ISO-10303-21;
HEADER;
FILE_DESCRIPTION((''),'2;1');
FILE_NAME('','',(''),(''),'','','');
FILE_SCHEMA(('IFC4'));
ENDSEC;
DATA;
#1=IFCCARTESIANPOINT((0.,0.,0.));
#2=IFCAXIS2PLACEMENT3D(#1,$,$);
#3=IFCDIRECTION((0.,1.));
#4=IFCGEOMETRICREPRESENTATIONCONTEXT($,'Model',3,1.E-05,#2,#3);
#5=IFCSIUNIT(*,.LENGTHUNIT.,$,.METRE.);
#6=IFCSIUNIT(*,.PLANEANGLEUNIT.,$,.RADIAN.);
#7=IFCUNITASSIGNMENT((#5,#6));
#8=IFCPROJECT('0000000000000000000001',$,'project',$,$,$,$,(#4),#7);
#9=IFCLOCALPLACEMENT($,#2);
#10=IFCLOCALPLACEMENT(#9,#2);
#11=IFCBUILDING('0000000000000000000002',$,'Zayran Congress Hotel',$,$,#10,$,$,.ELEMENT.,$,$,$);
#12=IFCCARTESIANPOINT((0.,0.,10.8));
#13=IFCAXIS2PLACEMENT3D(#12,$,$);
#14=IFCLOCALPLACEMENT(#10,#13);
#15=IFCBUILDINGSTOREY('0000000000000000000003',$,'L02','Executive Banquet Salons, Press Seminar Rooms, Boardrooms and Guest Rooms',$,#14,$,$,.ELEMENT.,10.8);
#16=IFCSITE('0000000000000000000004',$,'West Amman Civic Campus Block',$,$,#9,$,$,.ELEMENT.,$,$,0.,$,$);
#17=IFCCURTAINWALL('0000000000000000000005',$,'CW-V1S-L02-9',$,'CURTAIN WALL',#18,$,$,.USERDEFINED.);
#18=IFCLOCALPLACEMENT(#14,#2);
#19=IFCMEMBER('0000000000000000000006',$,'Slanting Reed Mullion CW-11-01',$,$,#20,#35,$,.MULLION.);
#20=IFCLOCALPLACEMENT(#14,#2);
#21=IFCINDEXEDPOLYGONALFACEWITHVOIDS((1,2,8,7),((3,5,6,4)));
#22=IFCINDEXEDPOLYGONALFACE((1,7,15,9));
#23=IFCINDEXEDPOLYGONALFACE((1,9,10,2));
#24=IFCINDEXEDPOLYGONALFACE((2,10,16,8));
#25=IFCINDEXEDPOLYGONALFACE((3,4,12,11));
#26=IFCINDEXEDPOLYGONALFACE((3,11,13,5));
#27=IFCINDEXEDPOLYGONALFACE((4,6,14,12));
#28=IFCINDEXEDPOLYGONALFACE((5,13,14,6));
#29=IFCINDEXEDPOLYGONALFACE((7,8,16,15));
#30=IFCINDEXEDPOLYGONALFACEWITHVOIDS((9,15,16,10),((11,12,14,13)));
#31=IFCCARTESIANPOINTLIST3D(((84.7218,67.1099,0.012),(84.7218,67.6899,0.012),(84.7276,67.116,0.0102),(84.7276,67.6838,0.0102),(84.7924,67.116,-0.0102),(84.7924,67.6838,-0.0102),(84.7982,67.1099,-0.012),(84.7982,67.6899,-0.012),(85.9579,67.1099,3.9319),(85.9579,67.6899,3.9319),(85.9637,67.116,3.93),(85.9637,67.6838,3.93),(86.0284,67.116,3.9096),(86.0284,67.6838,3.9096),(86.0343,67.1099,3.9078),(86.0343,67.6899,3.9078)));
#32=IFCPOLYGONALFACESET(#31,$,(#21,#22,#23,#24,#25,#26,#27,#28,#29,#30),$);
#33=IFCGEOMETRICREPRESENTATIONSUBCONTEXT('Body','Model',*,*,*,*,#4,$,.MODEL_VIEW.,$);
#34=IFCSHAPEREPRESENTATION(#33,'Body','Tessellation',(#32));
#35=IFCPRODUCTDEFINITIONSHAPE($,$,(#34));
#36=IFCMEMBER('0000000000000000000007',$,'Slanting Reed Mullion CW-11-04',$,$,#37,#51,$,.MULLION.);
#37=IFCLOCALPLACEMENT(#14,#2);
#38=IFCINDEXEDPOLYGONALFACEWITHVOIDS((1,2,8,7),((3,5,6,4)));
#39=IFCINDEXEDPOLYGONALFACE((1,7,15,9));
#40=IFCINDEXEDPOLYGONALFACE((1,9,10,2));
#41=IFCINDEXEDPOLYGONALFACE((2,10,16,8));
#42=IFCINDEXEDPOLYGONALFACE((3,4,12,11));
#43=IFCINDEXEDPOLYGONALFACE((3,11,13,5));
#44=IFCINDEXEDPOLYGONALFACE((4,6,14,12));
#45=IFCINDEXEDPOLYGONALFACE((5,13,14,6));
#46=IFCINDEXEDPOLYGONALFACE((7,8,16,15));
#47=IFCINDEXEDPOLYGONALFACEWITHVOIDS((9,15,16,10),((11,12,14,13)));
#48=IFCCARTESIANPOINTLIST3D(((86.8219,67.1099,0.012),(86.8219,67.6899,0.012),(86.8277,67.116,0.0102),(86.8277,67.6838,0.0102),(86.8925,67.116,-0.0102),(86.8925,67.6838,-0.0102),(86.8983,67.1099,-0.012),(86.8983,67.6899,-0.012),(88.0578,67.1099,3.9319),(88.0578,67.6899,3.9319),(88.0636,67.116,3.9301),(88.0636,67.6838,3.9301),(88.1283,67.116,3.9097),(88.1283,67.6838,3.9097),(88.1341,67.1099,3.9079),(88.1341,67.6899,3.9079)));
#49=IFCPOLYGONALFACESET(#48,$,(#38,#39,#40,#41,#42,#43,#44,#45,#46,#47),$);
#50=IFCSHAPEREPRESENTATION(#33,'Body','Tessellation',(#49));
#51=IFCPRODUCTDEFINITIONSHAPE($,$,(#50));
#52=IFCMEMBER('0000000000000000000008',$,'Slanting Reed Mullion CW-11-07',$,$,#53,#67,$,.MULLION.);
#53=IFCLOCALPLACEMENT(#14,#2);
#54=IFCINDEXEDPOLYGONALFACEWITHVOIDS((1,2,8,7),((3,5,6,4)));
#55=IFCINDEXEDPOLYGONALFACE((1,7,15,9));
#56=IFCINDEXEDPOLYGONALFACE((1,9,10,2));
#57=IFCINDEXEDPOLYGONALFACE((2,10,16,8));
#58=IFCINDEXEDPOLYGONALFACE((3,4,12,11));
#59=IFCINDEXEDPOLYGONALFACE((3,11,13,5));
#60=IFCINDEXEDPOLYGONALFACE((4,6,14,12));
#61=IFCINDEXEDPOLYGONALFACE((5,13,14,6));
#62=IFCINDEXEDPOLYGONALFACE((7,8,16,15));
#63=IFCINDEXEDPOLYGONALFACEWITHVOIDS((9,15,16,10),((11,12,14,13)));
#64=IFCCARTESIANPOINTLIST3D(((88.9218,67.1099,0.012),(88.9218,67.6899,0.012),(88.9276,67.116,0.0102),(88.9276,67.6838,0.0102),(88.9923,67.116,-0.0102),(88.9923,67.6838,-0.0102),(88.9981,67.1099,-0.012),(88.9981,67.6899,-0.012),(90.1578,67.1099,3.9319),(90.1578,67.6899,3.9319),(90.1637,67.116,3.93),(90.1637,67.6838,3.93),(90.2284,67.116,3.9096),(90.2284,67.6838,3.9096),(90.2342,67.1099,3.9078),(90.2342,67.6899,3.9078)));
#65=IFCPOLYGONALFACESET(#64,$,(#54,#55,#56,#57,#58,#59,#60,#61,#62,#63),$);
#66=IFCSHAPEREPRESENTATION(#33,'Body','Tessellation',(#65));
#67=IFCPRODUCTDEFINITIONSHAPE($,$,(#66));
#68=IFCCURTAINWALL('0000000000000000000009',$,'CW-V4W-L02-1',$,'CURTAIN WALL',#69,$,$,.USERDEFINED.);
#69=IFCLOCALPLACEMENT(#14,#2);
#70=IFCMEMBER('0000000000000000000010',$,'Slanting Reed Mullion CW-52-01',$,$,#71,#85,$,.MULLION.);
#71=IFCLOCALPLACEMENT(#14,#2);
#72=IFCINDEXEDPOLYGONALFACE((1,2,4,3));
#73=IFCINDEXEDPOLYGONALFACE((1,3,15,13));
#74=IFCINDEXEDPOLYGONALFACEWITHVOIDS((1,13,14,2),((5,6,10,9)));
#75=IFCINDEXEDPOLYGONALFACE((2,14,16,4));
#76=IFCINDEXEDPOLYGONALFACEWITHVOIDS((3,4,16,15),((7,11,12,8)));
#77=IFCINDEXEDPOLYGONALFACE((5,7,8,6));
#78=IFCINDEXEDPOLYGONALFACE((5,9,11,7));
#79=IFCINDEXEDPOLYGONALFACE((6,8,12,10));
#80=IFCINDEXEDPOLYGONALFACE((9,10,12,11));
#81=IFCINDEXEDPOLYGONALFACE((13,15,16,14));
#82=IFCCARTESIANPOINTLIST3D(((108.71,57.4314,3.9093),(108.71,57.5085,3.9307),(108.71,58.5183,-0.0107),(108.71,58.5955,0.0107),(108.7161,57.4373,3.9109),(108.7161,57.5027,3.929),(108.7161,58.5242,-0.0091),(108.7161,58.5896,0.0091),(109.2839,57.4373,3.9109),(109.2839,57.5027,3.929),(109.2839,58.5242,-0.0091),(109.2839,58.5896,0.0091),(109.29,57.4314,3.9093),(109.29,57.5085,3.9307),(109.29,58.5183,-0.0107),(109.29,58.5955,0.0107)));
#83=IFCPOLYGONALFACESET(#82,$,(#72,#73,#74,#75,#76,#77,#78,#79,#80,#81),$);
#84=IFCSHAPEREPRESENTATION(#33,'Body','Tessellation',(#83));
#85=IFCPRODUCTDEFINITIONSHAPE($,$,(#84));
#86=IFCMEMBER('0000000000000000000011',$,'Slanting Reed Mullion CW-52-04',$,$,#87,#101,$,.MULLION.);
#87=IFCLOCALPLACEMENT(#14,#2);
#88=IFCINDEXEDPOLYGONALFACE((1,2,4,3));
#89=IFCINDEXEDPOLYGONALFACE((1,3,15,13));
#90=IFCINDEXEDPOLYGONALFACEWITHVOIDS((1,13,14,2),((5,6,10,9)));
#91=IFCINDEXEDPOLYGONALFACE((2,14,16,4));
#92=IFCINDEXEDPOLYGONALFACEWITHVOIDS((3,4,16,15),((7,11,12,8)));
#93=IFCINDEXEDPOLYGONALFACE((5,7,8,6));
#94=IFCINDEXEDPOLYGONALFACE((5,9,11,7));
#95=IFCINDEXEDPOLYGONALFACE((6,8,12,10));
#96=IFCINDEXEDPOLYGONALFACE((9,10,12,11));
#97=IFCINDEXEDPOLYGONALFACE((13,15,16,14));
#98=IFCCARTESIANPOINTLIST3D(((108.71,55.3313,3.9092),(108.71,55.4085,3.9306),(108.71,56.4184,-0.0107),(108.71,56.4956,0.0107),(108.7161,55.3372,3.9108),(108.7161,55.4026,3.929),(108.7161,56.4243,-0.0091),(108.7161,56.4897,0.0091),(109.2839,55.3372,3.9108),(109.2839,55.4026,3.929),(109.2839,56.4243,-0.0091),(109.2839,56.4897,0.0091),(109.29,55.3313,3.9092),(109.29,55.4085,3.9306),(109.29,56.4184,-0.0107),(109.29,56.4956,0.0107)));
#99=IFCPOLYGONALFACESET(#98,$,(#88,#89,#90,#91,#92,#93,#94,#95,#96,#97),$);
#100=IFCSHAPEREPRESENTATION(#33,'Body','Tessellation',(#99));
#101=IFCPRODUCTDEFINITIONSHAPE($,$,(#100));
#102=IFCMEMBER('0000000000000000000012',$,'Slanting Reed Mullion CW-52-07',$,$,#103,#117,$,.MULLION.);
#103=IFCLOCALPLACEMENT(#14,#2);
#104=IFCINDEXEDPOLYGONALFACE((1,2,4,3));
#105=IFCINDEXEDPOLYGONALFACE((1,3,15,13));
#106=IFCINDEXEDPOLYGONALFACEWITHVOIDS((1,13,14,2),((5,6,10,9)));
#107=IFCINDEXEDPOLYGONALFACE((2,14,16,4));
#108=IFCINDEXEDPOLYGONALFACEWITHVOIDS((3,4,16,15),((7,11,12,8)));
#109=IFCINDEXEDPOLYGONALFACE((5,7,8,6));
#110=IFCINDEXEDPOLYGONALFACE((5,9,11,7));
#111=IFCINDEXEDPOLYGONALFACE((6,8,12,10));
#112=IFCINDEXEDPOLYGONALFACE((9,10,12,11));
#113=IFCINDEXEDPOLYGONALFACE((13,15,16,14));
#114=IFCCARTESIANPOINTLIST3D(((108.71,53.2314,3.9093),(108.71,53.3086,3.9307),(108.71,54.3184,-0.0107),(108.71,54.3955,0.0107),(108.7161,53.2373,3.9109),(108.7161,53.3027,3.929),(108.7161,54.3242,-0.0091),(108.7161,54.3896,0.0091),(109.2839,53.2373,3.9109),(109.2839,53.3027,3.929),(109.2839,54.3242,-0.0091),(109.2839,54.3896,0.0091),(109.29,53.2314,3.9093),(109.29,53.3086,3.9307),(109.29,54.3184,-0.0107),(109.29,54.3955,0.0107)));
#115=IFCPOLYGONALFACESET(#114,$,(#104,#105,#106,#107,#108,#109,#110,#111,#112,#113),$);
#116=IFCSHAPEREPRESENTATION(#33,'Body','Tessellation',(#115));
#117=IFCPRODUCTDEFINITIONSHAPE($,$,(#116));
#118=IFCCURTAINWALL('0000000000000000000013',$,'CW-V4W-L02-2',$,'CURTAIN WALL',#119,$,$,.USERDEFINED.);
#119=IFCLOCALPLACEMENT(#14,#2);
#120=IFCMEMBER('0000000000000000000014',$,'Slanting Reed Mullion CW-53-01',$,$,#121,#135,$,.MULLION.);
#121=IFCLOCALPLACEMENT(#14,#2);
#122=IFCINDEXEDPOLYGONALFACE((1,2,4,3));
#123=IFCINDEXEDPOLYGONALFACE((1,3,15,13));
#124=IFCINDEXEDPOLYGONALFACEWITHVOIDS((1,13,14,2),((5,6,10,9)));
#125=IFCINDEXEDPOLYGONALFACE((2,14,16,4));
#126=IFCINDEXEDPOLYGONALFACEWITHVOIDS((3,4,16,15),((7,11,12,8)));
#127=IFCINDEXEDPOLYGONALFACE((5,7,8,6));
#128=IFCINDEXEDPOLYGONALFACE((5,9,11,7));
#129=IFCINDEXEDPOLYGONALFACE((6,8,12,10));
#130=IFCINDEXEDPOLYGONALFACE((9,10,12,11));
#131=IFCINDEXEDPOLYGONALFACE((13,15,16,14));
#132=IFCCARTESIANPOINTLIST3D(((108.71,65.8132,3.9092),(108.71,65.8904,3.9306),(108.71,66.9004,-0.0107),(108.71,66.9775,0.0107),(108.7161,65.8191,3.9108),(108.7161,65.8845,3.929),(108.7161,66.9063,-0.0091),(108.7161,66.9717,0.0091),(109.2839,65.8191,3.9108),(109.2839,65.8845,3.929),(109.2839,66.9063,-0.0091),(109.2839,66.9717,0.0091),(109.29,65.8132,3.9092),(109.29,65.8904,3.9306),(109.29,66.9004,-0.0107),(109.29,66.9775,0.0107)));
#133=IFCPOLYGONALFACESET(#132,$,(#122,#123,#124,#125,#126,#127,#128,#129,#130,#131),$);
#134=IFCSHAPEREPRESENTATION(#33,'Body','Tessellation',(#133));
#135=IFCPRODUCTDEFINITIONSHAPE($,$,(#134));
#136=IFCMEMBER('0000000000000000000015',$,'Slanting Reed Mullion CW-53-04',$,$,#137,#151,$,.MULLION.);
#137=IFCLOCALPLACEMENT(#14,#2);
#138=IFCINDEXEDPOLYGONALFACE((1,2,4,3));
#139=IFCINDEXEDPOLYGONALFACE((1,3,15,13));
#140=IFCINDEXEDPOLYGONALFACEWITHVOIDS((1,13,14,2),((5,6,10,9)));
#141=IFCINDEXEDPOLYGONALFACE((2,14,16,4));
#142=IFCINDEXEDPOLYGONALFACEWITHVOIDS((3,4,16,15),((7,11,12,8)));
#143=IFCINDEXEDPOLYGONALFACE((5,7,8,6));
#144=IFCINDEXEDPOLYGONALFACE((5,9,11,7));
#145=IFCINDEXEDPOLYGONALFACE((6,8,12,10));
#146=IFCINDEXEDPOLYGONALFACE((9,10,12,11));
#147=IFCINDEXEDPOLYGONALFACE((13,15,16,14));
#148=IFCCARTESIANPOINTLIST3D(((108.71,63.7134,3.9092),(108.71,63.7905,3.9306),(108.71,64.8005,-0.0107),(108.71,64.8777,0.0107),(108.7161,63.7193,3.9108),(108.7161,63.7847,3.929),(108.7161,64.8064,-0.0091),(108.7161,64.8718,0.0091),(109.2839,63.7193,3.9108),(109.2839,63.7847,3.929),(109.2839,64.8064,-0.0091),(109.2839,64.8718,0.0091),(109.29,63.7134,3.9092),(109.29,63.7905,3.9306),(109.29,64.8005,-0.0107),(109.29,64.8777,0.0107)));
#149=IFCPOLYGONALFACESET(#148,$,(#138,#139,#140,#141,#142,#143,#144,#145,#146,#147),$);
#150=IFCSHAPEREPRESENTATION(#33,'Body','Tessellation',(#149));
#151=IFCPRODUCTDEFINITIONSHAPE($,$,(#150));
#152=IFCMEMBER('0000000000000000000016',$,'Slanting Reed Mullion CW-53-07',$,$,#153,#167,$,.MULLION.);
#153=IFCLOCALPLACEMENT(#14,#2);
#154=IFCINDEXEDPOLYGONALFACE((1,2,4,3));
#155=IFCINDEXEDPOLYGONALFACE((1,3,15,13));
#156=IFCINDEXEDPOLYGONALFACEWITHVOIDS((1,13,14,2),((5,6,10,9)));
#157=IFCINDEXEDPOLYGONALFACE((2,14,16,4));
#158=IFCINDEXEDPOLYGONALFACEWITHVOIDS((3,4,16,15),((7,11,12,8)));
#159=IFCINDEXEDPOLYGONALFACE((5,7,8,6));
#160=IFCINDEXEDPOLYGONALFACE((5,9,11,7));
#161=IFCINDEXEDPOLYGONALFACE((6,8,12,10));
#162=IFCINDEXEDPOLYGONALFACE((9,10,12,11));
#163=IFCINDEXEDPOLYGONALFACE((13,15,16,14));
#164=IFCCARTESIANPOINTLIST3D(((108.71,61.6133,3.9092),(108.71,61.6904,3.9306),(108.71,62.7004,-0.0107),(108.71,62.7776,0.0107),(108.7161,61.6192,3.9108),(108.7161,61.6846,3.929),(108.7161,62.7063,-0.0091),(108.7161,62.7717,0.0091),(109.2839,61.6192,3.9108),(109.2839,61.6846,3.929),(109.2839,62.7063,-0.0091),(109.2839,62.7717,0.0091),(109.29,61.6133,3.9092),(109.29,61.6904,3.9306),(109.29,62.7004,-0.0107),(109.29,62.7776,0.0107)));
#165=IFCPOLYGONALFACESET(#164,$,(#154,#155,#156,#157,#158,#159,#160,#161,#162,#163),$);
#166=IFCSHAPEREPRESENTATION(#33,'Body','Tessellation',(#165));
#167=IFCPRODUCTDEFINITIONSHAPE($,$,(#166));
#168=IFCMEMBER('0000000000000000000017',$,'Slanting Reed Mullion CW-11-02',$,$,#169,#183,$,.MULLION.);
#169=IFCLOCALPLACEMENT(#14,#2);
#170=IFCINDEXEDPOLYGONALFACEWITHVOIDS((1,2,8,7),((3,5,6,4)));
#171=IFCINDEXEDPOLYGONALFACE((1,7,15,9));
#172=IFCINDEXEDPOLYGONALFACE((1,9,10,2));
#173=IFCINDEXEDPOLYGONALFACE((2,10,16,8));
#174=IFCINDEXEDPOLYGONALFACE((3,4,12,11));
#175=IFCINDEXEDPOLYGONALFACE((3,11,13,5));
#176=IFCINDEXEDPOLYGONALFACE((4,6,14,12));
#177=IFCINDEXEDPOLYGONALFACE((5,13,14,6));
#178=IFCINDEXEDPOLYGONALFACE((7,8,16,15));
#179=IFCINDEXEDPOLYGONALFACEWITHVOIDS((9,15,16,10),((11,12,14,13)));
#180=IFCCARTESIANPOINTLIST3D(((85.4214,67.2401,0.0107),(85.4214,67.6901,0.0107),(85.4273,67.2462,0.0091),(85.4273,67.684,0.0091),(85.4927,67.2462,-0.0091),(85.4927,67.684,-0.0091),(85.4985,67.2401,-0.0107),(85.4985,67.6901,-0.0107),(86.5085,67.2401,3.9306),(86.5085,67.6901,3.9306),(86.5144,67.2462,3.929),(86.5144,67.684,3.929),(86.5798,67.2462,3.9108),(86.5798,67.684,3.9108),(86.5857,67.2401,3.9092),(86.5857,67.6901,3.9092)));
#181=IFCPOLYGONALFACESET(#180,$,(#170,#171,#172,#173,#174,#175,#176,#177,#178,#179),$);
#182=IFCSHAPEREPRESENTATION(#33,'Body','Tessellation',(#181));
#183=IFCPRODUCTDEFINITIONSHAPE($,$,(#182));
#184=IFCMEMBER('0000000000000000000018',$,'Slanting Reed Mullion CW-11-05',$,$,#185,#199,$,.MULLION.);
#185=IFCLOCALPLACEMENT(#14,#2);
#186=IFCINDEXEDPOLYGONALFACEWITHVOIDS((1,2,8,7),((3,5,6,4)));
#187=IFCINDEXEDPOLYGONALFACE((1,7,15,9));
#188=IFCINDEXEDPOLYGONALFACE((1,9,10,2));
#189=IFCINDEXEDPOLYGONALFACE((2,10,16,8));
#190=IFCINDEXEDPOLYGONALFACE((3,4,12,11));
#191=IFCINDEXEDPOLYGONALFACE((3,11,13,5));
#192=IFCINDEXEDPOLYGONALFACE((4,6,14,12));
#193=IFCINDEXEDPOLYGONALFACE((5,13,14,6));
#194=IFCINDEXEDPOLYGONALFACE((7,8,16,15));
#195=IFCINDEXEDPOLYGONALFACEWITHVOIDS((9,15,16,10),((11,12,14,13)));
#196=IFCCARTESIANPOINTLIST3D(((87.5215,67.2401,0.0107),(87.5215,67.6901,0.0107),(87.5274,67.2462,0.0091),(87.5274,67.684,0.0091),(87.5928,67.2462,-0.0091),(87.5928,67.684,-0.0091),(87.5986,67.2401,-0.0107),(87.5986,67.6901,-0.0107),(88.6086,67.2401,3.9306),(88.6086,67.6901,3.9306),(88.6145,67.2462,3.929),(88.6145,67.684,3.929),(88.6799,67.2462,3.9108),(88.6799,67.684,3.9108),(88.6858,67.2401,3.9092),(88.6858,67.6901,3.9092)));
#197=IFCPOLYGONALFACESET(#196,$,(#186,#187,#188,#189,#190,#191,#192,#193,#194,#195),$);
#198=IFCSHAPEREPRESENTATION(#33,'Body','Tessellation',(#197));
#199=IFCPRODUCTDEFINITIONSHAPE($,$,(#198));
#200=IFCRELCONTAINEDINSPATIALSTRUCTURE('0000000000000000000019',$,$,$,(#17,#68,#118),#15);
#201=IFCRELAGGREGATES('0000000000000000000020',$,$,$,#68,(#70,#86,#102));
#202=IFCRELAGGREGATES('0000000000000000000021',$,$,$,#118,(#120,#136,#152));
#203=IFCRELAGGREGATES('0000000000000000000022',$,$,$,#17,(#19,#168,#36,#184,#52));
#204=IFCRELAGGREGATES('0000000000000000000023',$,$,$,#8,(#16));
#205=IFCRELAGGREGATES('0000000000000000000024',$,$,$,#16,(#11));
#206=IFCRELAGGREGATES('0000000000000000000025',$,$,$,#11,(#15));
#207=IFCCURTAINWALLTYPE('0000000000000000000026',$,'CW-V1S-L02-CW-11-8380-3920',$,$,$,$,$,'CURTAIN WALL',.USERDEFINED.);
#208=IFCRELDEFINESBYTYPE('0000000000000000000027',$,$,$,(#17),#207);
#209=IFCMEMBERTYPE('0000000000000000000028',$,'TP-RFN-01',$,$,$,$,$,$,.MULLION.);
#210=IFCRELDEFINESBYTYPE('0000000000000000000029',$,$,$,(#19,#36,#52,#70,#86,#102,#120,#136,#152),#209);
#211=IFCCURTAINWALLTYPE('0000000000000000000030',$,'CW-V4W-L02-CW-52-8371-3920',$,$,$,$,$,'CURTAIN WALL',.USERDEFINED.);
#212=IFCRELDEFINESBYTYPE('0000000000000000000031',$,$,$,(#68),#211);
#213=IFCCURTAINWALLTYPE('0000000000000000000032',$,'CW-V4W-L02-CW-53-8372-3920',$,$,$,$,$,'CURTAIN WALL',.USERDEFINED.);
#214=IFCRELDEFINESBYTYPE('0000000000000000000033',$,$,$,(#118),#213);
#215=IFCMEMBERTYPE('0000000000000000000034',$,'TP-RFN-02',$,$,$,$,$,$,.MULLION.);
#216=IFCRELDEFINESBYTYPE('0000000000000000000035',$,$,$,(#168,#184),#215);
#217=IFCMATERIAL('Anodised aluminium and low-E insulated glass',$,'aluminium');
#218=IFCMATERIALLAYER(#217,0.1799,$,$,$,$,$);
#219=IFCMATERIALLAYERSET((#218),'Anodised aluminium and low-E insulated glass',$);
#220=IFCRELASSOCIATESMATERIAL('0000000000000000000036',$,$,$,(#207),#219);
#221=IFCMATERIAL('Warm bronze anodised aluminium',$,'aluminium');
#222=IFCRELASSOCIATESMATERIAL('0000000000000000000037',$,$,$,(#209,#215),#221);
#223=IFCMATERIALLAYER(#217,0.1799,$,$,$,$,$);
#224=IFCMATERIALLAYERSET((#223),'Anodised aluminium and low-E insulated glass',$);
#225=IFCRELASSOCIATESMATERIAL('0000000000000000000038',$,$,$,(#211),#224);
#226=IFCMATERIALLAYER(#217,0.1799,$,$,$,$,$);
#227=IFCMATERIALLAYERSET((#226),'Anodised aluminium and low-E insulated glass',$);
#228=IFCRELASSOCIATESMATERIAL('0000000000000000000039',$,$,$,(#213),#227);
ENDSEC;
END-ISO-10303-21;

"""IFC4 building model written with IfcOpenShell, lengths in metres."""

from ifc_helpers import new_model, si_unit, direction, frame, origin, origin_2d, place, context, subcontext, project, spatial, hollow_rectangle, extrude, material, layer, layer_set, material_profile, profile_set, type_object, element, aggregate, save


model = new_model("IFC4")

# Units and contexts
model_context = context("Model", 3, precision=1e-05, world=origin(), true_north=direction((0.0, 1.0)))
body_context = subcontext(model_context, "Body", "Model", "MODEL_VIEW")
ifc_project = project(units=[si_unit("LENGTHUNIT", "METRE"), si_unit("PLANEANGLEUNIT", "RADIAN")], contexts=[model_context])

# Site, building, storey
site_placement = place(None, origin())
site = spatial("IfcSite", under=ifc_project, at=site_placement, Name="West Amman Civic Campus Block", CompositionType="ELEMENT", RefElevation=0.0)
building_placement = place(site_placement, origin())
building = spatial("IfcBuilding", under=site, at=building_placement, Name="Zayran Congress Hotel", CompositionType="ELEMENT")
storey_placement = place(building_placement, frame((0.0, 0.0, 10.8)))
storey = spatial("IfcBuildingStorey", under=building, at=storey_placement, Name="L02", Description="Executive Banquet Salons, Press Seminar Rooms, Boardrooms and Guest Rooms", CompositionType="ELEMENT", Elevation=10.8)

# Curtain walls, members
ifc_material_1 = material(Name="Anodised aluminium and low-E insulated glass", Category="aluminium")
ifc_layer_1 = layer(ifc_material_1, 0.1799)
ifc_layer_set_1 = layer_set([ifc_layer_1], Name="Anodised aluminium and low-E insulated glass")
curtain_wall_type_1 = type_object("IfcCurtainWallType", Name="CW-V1S-L02-CW-11-8380-3920", ElementType="CURTAIN WALL", PredefinedType="USERDEFINED", material=ifc_layer_set_1)
curtain_wall_1_placement = place(storey_placement, origin())
curtain_wall_1 = element("IfcCurtainWall", 1, at=curtain_wall_1_placement, inside=storey, type_object=curtain_wall_type_1, Name="CW-V1S-L02-9", ObjectType="CURTAIN WALL", PredefinedType="USERDEFINED")
ifc_material_2 = material(Name="Warm bronze anodised aluminium", Category="aluminium")
ifc_material_profile_1 = material_profile(ifc_material_2, hollow_rectangle(XDim=0.0801, YDim=0.5801, WallThickness=0.0061, at=origin_2d()), Name="RHS 580x80x6")
ifc_profile_set_1 = profile_set([ifc_material_profile_1], Name="Warm bronze anodised aluminium")
member_type_1 = type_object("IfcMemberType", Name="TP-RFN-01", PredefinedType="MULLION", material=ifc_profile_set_1)
member_1_placement = place(storey_placement, frame((84.76, 67.3999, 0.0), z_axis=(0.300736, 0.0, 0.953707), x_axis=(-0.953707, 0.0, 0.300736)))
member_1 = element("IfcMember", 2, at=member_1_placement, type_object=member_type_1, Name="Slanting Reed Mullion CW-11-01", PredefinedType="MULLION", context=body_context, shape_type="SweptSolid", body=[
    extrude(hollow_rectangle(XDim=0.0801, YDim=0.5801, WallThickness=0.0061, at=origin_2d()), origin(), (0.0, 0.0, 1.0), 4.1101),
])
member_2_placement = place(storey_placement, frame((86.8601, 67.3999, 0.0), z_axis=(0.300682, 0.0, 0.953724), x_axis=(-0.953724, 0.0, 0.300682)))
member_2 = element("IfcMember", 3, at=member_2_placement, type_object=member_type_1, Name="Slanting Reed Mullion CW-11-04", PredefinedType="MULLION", context=body_context, shape_type="SweptSolid", body=[
    extrude(hollow_rectangle(XDim=0.0801, YDim=0.5801, WallThickness=0.0061, at=origin_2d()), origin(), (0.0, 0.0, 1.0), 4.1101),
])
member_3_placement = place(storey_placement, frame((88.96, 67.3999, 0.0), z_axis=(0.300736, 0.0, 0.953707), x_axis=(-0.953707, 0.0, 0.300736)))
member_3 = element("IfcMember", 4, at=member_3_placement, type_object=member_type_1, Name="Slanting Reed Mullion CW-11-07", PredefinedType="MULLION", context=body_context, shape_type="SweptSolid", body=[
    extrude(hollow_rectangle(XDim=0.0801, YDim=0.5801, WallThickness=0.0061, at=origin_2d()), origin(), (0.0, 0.0, 1.0), 4.1101),
])
ifc_layer_2 = layer(ifc_material_1, 0.1799)
ifc_layer_set_2 = layer_set([ifc_layer_2], Name="Anodised aluminium and low-E insulated glass")
curtain_wall_type_2 = type_object("IfcCurtainWallType", Name="CW-V4W-L02-CW-52-8371-3920", ElementType="CURTAIN WALL", PredefinedType="USERDEFINED", material=ifc_layer_set_2)
curtain_wall_2_placement = place(storey_placement, origin())
curtain_wall_2 = element("IfcCurtainWall", 5, at=curtain_wall_2_placement, inside=storey, type_object=curtain_wall_type_2, Name="CW-V4W-L02-1", ObjectType="CURTAIN WALL", PredefinedType="USERDEFINED")
member_4_placement = place(storey_placement, frame((109.0, 58.5569, 0.0), z_axis=(0.0, -0.267198, 0.963642), x_axis=(0.0, 0.963642, 0.267198)))
member_4 = element("IfcMember", 6, at=member_4_placement, type_object=member_type_1, Name="Slanting Reed Mullion CW-52-01", PredefinedType="MULLION", context=body_context, shape_type="SweptSolid", body=[
    extrude(hollow_rectangle(XDim=0.0801, YDim=0.5801, WallThickness=0.0061, at=origin_2d()), origin(), (0.0, 0.0, 1.0), 4.0679),
])
member_5_placement = place(storey_placement, frame((109.0, 56.457, 0.0), z_axis=(0.0, -0.267254, 0.963626), x_axis=(0.0, 0.963626, 0.267254)))
member_5 = element("IfcMember", 7, at=member_5_placement, type_object=member_type_1, Name="Slanting Reed Mullion CW-52-04", PredefinedType="MULLION", context=body_context, shape_type="SweptSolid", body=[
    extrude(hollow_rectangle(XDim=0.0801, YDim=0.5801, WallThickness=0.0061, at=origin_2d()), origin(), (0.0, 0.0, 1.0), 4.0679),
])
member_6_placement = place(storey_placement, frame((109.0, 54.3569, 0.0), z_axis=(0.0, -0.267198, 0.963642), x_axis=(0.0, 0.963642, 0.267198)))
member_6 = element("IfcMember", 8, at=member_6_placement, type_object=member_type_1, Name="Slanting Reed Mullion CW-52-07", PredefinedType="MULLION", context=body_context, shape_type="SweptSolid", body=[
    extrude(hollow_rectangle(XDim=0.0801, YDim=0.5801, WallThickness=0.0061, at=origin_2d()), origin(), (0.0, 0.0, 1.0), 4.0679),
])
ifc_layer_3 = layer(ifc_material_1, 0.1799)
ifc_layer_set_3 = layer_set([ifc_layer_3], Name="Anodised aluminium and low-E insulated glass")
curtain_wall_type_3 = type_object("IfcCurtainWallType", Name="CW-V4W-L02-CW-53-8372-3920", ElementType="CURTAIN WALL", PredefinedType="USERDEFINED", material=ifc_layer_set_3)
curtain_wall_3_placement = place(storey_placement, origin())
curtain_wall_3 = element("IfcCurtainWall", 9, at=curtain_wall_3_placement, inside=storey, type_object=curtain_wall_type_3, Name="CW-V4W-L02-2", ObjectType="CURTAIN WALL", PredefinedType="USERDEFINED")
member_7_placement = place(storey_placement, frame((109.0, 66.939, 0.0), z_axis=(0.0, -0.267254, 0.963626), x_axis=(0.0, 0.963626, 0.267254)))
member_7 = element("IfcMember", 10, at=member_7_placement, type_object=member_type_1, Name="Slanting Reed Mullion CW-53-01", PredefinedType="MULLION", context=body_context, shape_type="SweptSolid", body=[
    extrude(hollow_rectangle(XDim=0.0801, YDim=0.5801, WallThickness=0.0061, at=origin_2d()), origin(), (0.0, 0.0, 1.0), 4.0679),
])
member_8_placement = place(storey_placement, frame((109.0, 64.8391, 0.0), z_axis=(0.0, -0.267254, 0.963626), x_axis=(0.0, 0.963626, 0.267254)))
member_8 = element("IfcMember", 11, at=member_8_placement, type_object=member_type_1, Name="Slanting Reed Mullion CW-53-04", PredefinedType="MULLION", context=body_context, shape_type="SweptSolid", body=[
    extrude(hollow_rectangle(XDim=0.0801, YDim=0.5801, WallThickness=0.0061, at=origin_2d()), origin(), (0.0, 0.0, 1.0), 4.0679),
])
member_9_placement = place(storey_placement, frame((109.0, 62.739, 0.0), z_axis=(0.0, -0.267254, 0.963626), x_axis=(0.0, 0.963626, 0.267254)))
member_9 = element("IfcMember", 12, at=member_9_placement, type_object=member_type_1, Name="Slanting Reed Mullion CW-53-07", PredefinedType="MULLION", context=body_context, shape_type="SweptSolid", body=[
    extrude(hollow_rectangle(XDim=0.0801, YDim=0.5801, WallThickness=0.0061, at=origin_2d()), origin(), (0.0, 0.0, 1.0), 4.0679),
])

# Members
ifc_material_profile_2 = material_profile(ifc_material_2, hollow_rectangle(XDim=0.0801, YDim=0.45, WallThickness=0.0061, at=origin_2d()), Name="RHS 450x80x6")
ifc_profile_set_2 = profile_set([ifc_material_profile_2], Name="Warm bronze anodised aluminium")
member_type_2 = type_object("IfcMemberType", Name="TP-RFN-02", PredefinedType="MULLION", material=ifc_profile_set_2)
member_10_placement = place(storey_placement, frame((85.46, 67.4651, 0.0), z_axis=(0.267254, 0.0, 0.963626), x_axis=(-0.963626, 0.0, 0.267254)))
member_10 = element("IfcMember", 13, at=member_10_placement, type_object=member_type_2, Name="Slanting Reed Mullion CW-11-02", PredefinedType="MULLION", context=body_context, shape_type="SweptSolid", body=[
    extrude(hollow_rectangle(XDim=0.0801, YDim=0.45, WallThickness=0.0061, at=origin_2d()), origin(), (0.0, 0.0, 1.0), 4.0679),
])
member_11_placement = place(storey_placement, frame((87.5601, 67.4651, 0.0), z_axis=(0.267254, 0.0, 0.963626), x_axis=(-0.963626, 0.0, 0.267254)))
member_11 = element("IfcMember", 14, at=member_11_placement, type_object=member_type_2, Name="Slanting Reed Mullion CW-11-05", PredefinedType="MULLION", context=body_context, shape_type="SweptSolid", body=[
    extrude(hollow_rectangle(XDim=0.0801, YDim=0.45, WallThickness=0.0061, at=origin_2d()), origin(), (0.0, 0.0, 1.0), 4.0679),
])
aggregate(curtain_wall_2, [member_4, member_5, member_6])
aggregate(curtain_wall_3, [member_7, member_8, member_9])
aggregate(curtain_wall_1, [member_1, member_10, member_2, member_11, member_3])

save(model, "model.ifc")
